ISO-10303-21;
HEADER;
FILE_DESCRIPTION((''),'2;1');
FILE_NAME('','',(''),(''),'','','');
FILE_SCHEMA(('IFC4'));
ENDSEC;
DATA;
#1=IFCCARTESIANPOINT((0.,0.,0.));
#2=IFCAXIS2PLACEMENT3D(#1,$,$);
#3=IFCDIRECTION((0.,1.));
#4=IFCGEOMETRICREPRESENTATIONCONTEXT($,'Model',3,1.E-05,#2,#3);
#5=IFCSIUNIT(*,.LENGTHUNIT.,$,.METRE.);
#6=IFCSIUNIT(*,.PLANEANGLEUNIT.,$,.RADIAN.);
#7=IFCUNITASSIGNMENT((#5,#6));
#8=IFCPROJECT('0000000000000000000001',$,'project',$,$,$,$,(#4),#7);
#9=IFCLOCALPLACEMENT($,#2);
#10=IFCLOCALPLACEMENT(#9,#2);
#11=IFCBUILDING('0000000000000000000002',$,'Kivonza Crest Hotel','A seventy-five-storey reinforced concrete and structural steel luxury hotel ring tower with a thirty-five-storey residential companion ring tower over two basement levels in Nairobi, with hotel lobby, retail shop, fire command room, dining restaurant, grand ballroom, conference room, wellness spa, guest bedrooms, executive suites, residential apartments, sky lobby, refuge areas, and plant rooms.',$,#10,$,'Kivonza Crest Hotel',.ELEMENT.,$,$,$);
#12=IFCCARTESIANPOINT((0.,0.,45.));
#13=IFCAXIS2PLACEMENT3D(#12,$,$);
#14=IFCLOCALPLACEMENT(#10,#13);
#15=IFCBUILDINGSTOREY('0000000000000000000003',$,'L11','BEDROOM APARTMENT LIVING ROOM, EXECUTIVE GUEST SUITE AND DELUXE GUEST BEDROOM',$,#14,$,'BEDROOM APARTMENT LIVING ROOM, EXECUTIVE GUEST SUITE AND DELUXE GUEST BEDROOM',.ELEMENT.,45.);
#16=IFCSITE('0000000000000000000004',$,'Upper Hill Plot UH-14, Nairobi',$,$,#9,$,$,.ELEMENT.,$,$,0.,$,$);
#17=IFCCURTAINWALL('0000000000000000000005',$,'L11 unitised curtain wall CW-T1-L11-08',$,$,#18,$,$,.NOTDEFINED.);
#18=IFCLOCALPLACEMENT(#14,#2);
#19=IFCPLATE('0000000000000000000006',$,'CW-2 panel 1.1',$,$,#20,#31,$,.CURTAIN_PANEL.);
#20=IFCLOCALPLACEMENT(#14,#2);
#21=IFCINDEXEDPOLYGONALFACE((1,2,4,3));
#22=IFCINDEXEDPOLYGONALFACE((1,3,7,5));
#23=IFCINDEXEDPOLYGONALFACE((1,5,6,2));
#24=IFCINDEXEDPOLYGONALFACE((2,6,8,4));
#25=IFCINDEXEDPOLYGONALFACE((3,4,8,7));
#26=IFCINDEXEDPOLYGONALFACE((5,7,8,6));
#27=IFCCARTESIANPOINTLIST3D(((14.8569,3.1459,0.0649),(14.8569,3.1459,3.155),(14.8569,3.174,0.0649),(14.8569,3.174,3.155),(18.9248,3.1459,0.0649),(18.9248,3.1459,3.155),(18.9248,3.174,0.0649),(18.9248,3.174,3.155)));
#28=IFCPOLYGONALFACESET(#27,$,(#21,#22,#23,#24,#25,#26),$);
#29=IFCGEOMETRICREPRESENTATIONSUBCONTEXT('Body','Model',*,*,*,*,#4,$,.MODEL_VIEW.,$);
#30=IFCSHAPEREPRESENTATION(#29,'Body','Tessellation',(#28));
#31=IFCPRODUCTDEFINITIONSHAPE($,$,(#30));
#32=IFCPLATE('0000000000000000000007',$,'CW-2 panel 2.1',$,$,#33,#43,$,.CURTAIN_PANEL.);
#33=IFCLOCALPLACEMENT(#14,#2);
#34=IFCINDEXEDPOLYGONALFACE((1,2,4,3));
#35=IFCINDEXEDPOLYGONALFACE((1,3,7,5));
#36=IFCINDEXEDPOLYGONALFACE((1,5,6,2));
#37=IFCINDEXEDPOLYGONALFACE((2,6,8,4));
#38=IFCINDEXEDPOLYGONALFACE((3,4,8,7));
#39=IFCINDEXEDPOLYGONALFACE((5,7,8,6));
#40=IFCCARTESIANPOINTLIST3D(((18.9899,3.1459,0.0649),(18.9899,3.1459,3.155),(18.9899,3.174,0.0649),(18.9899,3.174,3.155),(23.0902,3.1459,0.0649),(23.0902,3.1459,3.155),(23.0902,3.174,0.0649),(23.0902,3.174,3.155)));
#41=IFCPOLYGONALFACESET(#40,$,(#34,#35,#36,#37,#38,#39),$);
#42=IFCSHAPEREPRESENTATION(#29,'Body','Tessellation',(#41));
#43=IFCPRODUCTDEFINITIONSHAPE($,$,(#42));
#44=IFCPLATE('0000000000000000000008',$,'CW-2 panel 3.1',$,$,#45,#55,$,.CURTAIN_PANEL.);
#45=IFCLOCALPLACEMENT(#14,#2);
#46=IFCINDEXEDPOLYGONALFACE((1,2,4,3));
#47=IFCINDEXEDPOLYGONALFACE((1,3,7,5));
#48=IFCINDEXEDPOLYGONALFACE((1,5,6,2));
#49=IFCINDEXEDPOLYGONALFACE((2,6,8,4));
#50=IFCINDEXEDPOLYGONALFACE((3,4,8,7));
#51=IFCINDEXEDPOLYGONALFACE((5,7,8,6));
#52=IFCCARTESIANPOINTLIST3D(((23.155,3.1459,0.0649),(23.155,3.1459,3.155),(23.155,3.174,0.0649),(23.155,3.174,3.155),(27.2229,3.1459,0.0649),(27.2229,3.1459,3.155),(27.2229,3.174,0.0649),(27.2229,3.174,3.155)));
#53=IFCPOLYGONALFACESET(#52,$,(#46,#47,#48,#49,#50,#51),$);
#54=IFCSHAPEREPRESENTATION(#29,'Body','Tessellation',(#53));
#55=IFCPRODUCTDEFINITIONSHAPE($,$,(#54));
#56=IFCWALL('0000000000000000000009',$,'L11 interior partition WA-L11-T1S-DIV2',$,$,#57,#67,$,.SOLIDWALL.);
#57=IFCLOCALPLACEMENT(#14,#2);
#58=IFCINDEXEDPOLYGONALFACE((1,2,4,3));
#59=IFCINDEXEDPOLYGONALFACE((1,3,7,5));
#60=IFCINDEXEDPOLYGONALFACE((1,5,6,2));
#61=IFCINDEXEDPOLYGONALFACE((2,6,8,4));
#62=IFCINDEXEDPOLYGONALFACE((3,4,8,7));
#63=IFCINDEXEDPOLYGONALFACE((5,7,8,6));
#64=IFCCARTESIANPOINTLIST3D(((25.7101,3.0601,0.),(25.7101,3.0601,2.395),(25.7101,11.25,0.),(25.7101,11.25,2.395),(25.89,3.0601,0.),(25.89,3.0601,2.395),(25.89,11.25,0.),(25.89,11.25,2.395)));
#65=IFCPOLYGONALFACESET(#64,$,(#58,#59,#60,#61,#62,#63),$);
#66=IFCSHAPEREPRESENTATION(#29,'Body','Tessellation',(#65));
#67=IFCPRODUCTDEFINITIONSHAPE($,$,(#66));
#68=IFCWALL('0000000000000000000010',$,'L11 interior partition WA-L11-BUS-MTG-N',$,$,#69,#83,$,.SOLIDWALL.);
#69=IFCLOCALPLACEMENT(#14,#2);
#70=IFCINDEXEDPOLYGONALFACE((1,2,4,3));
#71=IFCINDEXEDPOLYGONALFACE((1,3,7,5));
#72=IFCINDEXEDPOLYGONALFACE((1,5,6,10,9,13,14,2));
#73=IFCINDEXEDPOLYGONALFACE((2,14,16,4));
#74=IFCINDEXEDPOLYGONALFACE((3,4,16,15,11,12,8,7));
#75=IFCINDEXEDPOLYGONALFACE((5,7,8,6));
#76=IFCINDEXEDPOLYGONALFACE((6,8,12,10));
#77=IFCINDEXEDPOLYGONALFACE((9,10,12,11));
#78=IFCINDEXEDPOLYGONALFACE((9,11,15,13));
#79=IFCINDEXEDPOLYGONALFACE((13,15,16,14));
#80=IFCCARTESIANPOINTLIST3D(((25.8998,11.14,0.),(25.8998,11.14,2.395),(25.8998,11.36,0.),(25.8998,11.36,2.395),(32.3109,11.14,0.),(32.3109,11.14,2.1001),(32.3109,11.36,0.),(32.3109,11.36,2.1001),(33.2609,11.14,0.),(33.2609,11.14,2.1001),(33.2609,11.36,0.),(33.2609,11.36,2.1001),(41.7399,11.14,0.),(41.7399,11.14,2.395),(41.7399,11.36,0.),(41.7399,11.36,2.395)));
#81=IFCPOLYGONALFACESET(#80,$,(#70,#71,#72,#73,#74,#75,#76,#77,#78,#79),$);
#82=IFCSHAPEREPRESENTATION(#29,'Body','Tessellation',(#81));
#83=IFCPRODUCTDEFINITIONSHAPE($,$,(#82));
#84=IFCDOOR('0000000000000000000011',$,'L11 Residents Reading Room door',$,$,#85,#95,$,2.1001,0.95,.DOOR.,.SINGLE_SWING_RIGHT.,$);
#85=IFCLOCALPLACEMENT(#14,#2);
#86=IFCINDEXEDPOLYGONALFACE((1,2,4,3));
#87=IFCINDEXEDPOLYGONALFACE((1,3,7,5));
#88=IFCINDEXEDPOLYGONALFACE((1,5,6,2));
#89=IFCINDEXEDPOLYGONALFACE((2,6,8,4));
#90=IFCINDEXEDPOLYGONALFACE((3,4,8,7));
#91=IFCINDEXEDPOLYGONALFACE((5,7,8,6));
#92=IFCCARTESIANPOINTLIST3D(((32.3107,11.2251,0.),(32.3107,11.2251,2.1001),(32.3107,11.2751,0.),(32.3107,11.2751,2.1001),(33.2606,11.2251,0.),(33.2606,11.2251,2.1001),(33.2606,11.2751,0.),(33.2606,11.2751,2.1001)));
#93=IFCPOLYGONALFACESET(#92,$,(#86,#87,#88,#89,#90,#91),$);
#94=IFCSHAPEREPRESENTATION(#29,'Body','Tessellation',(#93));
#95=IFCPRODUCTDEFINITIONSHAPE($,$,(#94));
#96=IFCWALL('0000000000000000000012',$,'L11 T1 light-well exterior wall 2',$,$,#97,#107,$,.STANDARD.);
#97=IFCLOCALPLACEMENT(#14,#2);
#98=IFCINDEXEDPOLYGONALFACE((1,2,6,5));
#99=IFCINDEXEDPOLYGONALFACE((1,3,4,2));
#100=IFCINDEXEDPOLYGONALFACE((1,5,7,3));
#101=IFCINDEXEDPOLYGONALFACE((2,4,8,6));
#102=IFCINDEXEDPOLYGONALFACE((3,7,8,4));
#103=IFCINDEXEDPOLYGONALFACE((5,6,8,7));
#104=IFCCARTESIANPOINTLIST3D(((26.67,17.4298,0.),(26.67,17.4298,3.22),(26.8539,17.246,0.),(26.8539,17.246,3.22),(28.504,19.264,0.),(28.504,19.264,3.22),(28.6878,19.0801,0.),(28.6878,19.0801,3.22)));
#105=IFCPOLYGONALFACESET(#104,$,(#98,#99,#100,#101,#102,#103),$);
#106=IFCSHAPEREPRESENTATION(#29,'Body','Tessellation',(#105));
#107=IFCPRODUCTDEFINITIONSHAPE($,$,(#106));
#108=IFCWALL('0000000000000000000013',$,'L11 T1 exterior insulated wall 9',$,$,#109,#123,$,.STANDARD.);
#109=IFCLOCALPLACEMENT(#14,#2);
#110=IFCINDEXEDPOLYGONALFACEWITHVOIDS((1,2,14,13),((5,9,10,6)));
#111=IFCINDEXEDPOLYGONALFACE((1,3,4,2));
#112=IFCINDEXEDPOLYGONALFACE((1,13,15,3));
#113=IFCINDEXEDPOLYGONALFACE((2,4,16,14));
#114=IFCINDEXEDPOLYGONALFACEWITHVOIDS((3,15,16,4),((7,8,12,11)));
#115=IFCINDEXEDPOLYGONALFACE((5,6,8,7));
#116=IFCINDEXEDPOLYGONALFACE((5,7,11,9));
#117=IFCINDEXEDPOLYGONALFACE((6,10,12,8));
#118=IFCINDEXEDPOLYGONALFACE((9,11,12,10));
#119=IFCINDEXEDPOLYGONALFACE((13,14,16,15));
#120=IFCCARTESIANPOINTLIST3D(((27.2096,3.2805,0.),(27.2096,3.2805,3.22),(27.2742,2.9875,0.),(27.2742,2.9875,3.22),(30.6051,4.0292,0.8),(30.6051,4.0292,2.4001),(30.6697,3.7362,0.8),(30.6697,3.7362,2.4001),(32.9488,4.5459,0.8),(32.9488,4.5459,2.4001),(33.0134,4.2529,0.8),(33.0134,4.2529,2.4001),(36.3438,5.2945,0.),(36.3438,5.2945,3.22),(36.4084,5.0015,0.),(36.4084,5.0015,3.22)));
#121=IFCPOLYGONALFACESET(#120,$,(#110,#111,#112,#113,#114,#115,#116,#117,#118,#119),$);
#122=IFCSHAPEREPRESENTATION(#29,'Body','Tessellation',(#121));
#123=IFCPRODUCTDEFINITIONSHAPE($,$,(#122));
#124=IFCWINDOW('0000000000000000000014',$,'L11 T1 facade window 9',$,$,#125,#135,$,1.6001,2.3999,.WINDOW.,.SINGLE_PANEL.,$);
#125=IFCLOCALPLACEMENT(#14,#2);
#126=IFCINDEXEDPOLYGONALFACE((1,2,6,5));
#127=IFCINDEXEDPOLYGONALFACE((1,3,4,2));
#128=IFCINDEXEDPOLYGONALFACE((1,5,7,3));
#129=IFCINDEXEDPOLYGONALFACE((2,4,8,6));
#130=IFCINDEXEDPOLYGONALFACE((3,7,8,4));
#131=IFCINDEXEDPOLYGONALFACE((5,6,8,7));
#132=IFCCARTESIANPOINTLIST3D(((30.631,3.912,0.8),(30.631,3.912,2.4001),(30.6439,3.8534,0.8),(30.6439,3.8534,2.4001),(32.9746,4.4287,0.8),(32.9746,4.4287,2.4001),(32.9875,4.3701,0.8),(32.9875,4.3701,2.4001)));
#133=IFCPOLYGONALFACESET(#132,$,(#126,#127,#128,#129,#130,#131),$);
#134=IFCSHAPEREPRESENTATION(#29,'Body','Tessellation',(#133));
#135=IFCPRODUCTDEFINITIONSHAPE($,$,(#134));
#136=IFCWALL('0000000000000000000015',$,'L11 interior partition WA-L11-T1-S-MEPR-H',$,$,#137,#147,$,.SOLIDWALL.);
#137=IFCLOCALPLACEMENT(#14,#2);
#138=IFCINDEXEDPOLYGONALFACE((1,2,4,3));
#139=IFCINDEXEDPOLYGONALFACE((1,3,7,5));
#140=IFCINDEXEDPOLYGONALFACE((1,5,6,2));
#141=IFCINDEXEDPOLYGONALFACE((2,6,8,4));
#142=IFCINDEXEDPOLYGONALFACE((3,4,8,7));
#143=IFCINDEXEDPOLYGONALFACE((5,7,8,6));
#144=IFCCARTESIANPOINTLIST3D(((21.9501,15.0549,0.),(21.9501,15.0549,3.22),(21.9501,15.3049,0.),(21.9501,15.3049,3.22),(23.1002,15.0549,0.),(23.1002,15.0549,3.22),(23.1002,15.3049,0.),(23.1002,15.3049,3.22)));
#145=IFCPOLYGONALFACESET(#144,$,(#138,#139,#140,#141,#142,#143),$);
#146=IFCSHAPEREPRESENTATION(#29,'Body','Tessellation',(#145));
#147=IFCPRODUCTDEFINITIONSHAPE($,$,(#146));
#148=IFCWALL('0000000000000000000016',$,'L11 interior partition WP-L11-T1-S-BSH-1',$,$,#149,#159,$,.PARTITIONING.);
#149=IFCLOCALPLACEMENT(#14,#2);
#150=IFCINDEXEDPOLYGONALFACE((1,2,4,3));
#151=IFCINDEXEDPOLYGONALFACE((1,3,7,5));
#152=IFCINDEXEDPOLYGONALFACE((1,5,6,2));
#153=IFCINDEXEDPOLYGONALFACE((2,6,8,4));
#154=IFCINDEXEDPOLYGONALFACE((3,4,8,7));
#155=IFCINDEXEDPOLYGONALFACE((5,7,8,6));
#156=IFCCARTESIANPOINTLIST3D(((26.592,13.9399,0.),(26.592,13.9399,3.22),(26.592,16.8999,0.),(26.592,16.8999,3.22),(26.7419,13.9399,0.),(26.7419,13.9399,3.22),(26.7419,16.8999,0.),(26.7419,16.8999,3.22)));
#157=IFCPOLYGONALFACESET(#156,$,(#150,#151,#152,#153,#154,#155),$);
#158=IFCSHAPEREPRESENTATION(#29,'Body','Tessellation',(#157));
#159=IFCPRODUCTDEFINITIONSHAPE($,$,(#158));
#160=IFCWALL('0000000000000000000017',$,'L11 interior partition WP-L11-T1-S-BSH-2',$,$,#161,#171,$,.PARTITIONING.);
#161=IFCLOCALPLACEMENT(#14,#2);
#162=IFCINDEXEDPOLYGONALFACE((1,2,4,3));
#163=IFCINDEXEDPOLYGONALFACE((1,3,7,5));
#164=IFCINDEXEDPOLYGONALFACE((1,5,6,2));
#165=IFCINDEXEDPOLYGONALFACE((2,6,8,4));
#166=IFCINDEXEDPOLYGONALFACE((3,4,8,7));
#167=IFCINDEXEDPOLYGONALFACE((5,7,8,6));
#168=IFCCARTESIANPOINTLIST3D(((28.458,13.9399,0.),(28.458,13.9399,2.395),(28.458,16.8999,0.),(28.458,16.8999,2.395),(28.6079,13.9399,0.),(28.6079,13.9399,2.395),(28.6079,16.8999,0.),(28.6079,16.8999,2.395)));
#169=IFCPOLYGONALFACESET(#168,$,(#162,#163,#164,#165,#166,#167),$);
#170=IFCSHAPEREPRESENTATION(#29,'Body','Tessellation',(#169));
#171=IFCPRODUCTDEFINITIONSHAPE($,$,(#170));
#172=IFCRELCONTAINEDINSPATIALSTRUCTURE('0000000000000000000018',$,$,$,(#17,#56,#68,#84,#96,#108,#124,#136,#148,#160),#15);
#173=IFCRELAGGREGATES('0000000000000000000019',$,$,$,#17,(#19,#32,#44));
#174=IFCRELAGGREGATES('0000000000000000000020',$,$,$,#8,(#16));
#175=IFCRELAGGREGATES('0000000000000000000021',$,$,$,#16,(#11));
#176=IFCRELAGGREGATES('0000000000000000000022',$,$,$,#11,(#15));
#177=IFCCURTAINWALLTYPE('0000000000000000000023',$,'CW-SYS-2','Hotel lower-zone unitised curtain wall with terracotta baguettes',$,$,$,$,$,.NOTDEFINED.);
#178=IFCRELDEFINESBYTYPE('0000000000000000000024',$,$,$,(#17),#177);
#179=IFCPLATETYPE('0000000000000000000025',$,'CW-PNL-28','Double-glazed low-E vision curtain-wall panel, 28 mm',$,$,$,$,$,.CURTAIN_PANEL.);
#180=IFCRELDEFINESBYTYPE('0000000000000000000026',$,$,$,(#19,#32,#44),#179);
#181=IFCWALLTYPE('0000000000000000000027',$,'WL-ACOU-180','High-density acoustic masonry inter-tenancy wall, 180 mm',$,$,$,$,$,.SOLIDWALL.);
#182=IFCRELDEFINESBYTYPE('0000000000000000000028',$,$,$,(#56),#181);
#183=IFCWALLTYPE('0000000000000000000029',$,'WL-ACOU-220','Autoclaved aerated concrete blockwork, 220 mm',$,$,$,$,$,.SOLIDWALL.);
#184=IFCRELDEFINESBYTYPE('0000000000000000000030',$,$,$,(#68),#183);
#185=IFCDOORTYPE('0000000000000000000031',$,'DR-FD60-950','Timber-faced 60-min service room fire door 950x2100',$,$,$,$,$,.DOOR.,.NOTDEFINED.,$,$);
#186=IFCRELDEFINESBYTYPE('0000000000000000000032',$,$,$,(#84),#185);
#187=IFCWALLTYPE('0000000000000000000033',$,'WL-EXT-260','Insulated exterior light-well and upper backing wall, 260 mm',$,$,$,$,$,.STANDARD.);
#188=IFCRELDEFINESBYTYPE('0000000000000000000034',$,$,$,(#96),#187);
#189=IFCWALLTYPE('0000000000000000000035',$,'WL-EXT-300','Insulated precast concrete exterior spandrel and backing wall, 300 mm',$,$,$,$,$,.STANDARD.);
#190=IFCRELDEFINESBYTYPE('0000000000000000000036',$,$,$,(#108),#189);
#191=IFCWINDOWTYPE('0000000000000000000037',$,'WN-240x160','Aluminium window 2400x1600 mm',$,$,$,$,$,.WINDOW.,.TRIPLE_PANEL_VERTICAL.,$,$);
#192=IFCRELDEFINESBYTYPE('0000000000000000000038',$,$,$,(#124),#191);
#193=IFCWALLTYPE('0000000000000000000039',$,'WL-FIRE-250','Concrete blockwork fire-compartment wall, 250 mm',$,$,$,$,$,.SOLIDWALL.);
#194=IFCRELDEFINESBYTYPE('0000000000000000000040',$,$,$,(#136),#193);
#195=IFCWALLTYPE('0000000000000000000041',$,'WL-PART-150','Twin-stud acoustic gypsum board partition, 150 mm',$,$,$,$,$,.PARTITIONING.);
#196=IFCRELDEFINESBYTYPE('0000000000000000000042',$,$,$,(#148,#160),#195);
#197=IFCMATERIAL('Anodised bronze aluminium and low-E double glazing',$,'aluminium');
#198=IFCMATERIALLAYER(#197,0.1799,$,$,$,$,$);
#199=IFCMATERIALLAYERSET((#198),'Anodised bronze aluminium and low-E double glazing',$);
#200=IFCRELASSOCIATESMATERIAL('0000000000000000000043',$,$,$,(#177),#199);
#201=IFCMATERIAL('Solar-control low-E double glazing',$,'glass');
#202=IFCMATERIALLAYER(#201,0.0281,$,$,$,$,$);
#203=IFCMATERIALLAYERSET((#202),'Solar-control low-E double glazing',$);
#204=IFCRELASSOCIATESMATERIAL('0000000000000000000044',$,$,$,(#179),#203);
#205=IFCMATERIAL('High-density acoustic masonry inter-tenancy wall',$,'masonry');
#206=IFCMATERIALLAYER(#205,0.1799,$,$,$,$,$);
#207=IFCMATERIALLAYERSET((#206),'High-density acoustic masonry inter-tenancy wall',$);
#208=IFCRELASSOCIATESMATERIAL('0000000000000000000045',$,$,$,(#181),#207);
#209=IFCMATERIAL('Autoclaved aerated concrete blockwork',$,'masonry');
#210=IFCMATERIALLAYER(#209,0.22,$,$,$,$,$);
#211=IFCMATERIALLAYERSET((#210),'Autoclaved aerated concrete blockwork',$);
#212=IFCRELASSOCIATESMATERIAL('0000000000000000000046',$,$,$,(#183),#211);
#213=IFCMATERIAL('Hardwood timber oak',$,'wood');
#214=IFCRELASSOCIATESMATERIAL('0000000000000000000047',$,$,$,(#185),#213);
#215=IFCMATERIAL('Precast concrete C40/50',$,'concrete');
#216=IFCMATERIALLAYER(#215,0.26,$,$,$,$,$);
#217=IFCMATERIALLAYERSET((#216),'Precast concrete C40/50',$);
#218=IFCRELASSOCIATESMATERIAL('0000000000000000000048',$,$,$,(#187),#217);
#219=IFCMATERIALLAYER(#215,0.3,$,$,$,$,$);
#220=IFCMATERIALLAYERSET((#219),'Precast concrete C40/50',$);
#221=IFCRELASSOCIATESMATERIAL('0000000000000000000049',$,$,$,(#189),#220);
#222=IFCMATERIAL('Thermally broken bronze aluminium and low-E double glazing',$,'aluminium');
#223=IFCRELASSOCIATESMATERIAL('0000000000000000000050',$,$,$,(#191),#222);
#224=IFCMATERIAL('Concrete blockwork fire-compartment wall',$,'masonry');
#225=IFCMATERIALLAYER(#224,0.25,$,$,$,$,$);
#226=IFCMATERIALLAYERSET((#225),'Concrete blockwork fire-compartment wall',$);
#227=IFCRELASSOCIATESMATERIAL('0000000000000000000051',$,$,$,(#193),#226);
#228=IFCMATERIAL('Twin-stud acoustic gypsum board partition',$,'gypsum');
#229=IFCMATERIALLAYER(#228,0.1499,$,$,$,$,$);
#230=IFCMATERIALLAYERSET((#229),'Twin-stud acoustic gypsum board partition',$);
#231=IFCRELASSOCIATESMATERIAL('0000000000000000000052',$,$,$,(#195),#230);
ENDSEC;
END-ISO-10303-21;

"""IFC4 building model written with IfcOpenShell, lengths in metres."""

from ifc_helpers import new_model, si_unit, direction, frame, frame_2d, origin, origin_2d, place, context, subcontext, project, spatial, rectangle, extrude, material, layer, layer_set, type_object, element, fill, aggregate, save


model = new_model("IFC4")

# Units and contexts
model_context = context("Model", 3, precision=1e-05, world=origin(), true_north=direction((0.0, 1.0)))
body_context = subcontext(model_context, "Body", "Model", "MODEL_VIEW")
ifc_project = project(units=[si_unit("LENGTHUNIT", "METRE"), si_unit("PLANEANGLEUNIT", "RADIAN")], contexts=[model_context])

# Site, building, storey
site_placement = place(None, origin())
site = spatial("IfcSite", under=ifc_project, at=site_placement, Name="Upper Hill Plot UH-14, Nairobi", CompositionType="ELEMENT", RefElevation=0.0)
building_placement = place(site_placement, origin())
building = spatial("IfcBuilding", under=site, at=building_placement, Name="Kivonza Crest Hotel", Description="A seventy-five-storey reinforced concrete and structural steel luxury hotel ring tower with a thirty-five-storey residential companion ring tower over two basement levels in Nairobi, with hotel lobby, retail shop, fire command room, dining restaurant, grand ballroom, conference room, wellness spa, guest bedrooms, executive suites, residential apartments, sky lobby, refuge areas, and plant rooms.", LongName="Kivonza Crest Hotel", CompositionType="ELEMENT")
storey_placement = place(building_placement, frame((0.0, 0.0, 45.0)))
storey = spatial("IfcBuildingStorey", under=building, at=storey_placement, Name="L11", Description="BEDROOM APARTMENT LIVING ROOM, EXECUTIVE GUEST SUITE AND DELUXE GUEST BEDROOM", LongName="BEDROOM APARTMENT LIVING ROOM, EXECUTIVE GUEST SUITE AND DELUXE GUEST BEDROOM", CompositionType="ELEMENT", Elevation=45.0)

# Curtain wall, plates
ifc_material_1 = material(Name="Anodised bronze aluminium and low-E double glazing", Category="aluminium")
ifc_layer_1 = layer(ifc_material_1, 0.1799)
ifc_layer_set_1 = layer_set([ifc_layer_1], Name="Anodised bronze aluminium and low-E double glazing")
curtain_wall_type = type_object("IfcCurtainWallType", Name="CW-SYS-2", Description="Hotel lower-zone unitised curtain wall with terracotta baguettes", PredefinedType="NOTDEFINED", material=ifc_layer_set_1)
curtain_wall_placement = place(storey_placement, origin())
curtain_wall = element("IfcCurtainWall", 1, at=curtain_wall_placement, inside=storey, type_object=curtain_wall_type, Name="L11 unitised curtain wall CW-T1-L11-08", PredefinedType="NOTDEFINED")
ifc_material_2 = material(Name="Solar-control low-E double glazing", Category="glass")
ifc_layer_2 = layer(ifc_material_2, 0.0281)
ifc_layer_set_2 = layer_set([ifc_layer_2], Name="Solar-control low-E double glazing")
plate_type = type_object("IfcPlateType", Name="CW-PNL-28", Description="Double-glazed low-E vision curtain-wall panel, 28 mm", PredefinedType="CURTAIN_PANEL", material=ifc_layer_set_2)
plate_1_placement = place(storey_placement, frame((16.8909, 3.1599, 0.0649), z_axis=(0.0, 0.0, 1.0), x_axis=(1.0, 0.0, 0.0)))
plate_1 = element("IfcPlate", 2, at=plate_1_placement, type_object=plate_type, Name="CW-2 panel 1.1", PredefinedType="CURTAIN_PANEL", context=body_context, shape_type="SweptSolid", body=[
    extrude(rectangle(XDim=4.0679, YDim=0.0281, at=origin_2d()), origin(), (0.0, 0.0, 1.0), 3.0901),
])
plate_2_placement = place(storey_placement, frame((21.04, 3.1599, 0.0649), z_axis=(0.0, 0.0, 1.0), x_axis=(1.0, 0.0, 0.0)))
plate_2 = element("IfcPlate", 3, at=plate_2_placement, type_object=plate_type, Name="CW-2 panel 2.1", PredefinedType="CURTAIN_PANEL", context=body_context, shape_type="SweptSolid", body=[
    extrude(rectangle(XDim=4.1003, YDim=0.0281, at=origin_2d()), origin(), (0.0, 0.0, 1.0), 3.0901),
])
plate_3_placement = place(storey_placement, frame((25.189, 3.1599, 0.0649), z_axis=(0.0, 0.0, 1.0), x_axis=(1.0, 0.0, 0.0)))
plate_3 = element("IfcPlate", 4, at=plate_3_placement, type_object=plate_type, Name="CW-2 panel 3.1", PredefinedType="CURTAIN_PANEL", context=body_context, shape_type="SweptSolid", body=[
    extrude(rectangle(XDim=4.0679, YDim=0.0281, at=origin_2d()), origin(), (0.0, 0.0, 1.0), 3.0901),
])
aggregate(curtain_wall, [plate_1, plate_2, plate_3])

# Wall
ifc_material_3 = material(Name="High-density acoustic masonry inter-tenancy wall", Category="masonry")
ifc_layer_3 = layer(ifc_material_3, 0.1799)
ifc_layer_set_3 = layer_set([ifc_layer_3], Name="High-density acoustic masonry inter-tenancy wall")
wall_type_1 = type_object("IfcWallType", Name="WL-ACOU-180", Description="High-density acoustic masonry inter-tenancy wall, 180 mm", PredefinedType="SOLIDWALL", material=ifc_layer_set_3)
wall_1_placement = place(storey_placement, frame((25.8, 3.0601, 0.0), z_axis=(0.0, 0.0, 1.0), x_axis=(0.0, 1.0, 0.0)))
element("IfcWall", 5, at=wall_1_placement, inside=storey, type_object=wall_type_1, Name="L11 interior partition WA-L11-T1S-DIV2", PredefinedType="SOLIDWALL", context=body_context, shape_type="SweptSolid", body=[
    extrude(rectangle(XDim=8.1899, YDim=0.1799, at=frame_2d((4.095, 0.0))), origin(), (0.0, 0.0, 1.0), 2.395),
])

# Wall, opening, door
ifc_material_4 = material(Name="Autoclaved aerated concrete blockwork", Category="masonry")
ifc_layer_4 = layer(ifc_material_4, 0.22)
ifc_layer_set_4 = layer_set([ifc_layer_4], Name="Autoclaved aerated concrete blockwork")
wall_type_2 = type_object("IfcWallType", Name="WL-ACOU-220", Description="Autoclaved aerated concrete blockwork, 220 mm", PredefinedType="SOLIDWALL", material=ifc_layer_set_4)
wall_2_placement = place(storey_placement, frame((25.8999, 11.25, 0.0), z_axis=(0.0, 0.0, 1.0), x_axis=(1.0, 0.0, 0.0)))
wall_2 = element("IfcWall", 6, at=wall_2_placement, inside=storey, type_object=wall_type_2, Name="L11 interior partition WA-L11-BUS-MTG-N", PredefinedType="SOLIDWALL", context=body_context, shape_type="SweptSolid", body=[
    extrude(rectangle(XDim=15.8401, YDim=0.22, at=frame_2d((7.9199, 0.0))), origin(), (0.0, 0.0, 1.0), 2.395),
])
opening_1_placement = place(wall_2_placement, frame((6.4109, 0.0, 0.0)))
opening_1 = element("IfcOpeningElement", 7, at=opening_1_placement, cuts=wall_2, PredefinedType="OPENING", context=body_context, shape_type="SweptSolid", body=[
    extrude(rectangle(XDim=0.95, YDim=2.1001, at=frame_2d((0.4751, 1.05))), frame((0.0, 0.1201, 0.0), z_axis=(0.0, -1.0, 0.0), x_axis=(1.0, 0.0, 0.0)), (0.0, 0.0, 1.0), 0.24),
])
ifc_material_5 = material(Name="Hardwood timber oak", Category="wood")
door_type_1 = type_object("IfcDoorType", Name="DR-FD60-950", Description="Timber-faced 60-min service room fire door 950x2100", OperationType="NOTDEFINED", PredefinedType="DOOR", material=ifc_material_5)
door_1_placement = place(opening_1_placement, frame((0.95, 0.0, 0.0), z_axis=(0.0, 0.0, 1.0), x_axis=(-1.0, 0.0, 0.0)))
door_1 = element("IfcDoor", 8, at=door_1_placement, inside=storey, type_object=door_type_1, Name="L11 Residents Reading Room door", OperationType="SINGLE_SWING_RIGHT", OverallHeight=2.1001, OverallWidth=0.95, PredefinedType="DOOR", context=body_context, shape_type="SweptSolid", body=[
    extrude(rectangle(XDim=0.95, YDim=2.1001, at=frame_2d((0.4751, 1.05))), frame((0.0, 0.0249, 0.0), z_axis=(0.0, -1.0, 0.0), x_axis=(1.0, 0.0, 0.0)), (0.0, 0.0, 1.0), 0.05),
])
fill(opening_1, door_1)

# Wall
ifc_material_6 = material(Name="Precast concrete C40/50", Category="concrete")
ifc_layer_5 = layer(ifc_material_6, 0.26)
ifc_layer_set_5 = layer_set([ifc_layer_5], Name="Precast concrete C40/50")
wall_type_3 = type_object("IfcWallType", Name="WL-EXT-260", Description="Insulated exterior light-well and upper backing wall, 260 mm", PredefinedType="STANDARD", material=ifc_layer_set_5)
wall_3_placement = place(storey_placement, frame((26.762, 17.3379, 0.0), z_axis=(0.0, 0.0, 1.0), x_axis=(0.70706, 0.707154, 0.0)))
element("IfcWall", 9, at=wall_3_placement, inside=storey, type_object=wall_type_3, Name="L11 T1 light-well exterior wall 2", PredefinedType="STANDARD", context=body_context, shape_type="SweptSolid", body=[
    extrude(rectangle(XDim=2.5938, YDim=0.26, at=frame_2d((1.2969, 0.0))), origin(), (0.0, 0.0, 1.0), 3.22),
])

# Wall, opening, window
ifc_layer_6 = layer(ifc_material_6, 0.3)
ifc_layer_set_6 = layer_set([ifc_layer_6], Name="Precast concrete C40/50")
wall_type_4 = type_object("IfcWallType", Name="WL-EXT-300", Description="Insulated precast concrete exterior spandrel and backing wall, 300 mm", PredefinedType="STANDARD", material=ifc_layer_set_6)
wall_4_placement = place(storey_placement, frame((27.2419, 3.134, 0.0), z_axis=(0.0, 0.0, 1.0), x_axis=(0.976545, 0.215313, 0.0)))
wall_4 = element("IfcWall", 10, at=wall_4_placement, inside=storey, type_object=wall_type_4, Name="L11 T1 exterior insulated wall 9", PredefinedType="STANDARD", context=body_context, shape_type="SweptSolid", body=[
    extrude(rectangle(XDim=9.3535, YDim=0.3, at=frame_2d((4.6768, 0.0))), origin(), (0.0, 0.0, 1.0), 3.22),
])
opening_2_placement = place(wall_4_placement, frame((3.4771, 0.0, 0.8)))
opening_2 = element("IfcOpeningElement", 11, at=opening_2_placement, cuts=wall_4, PredefinedType="OPENING", context=body_context, shape_type="SweptSolid", body=[
    extrude(rectangle(XDim=2.3999, YDim=1.6001, at=frame_2d((1.2, 0.8))), frame((0.0, 0.1602, 0.0), z_axis=(0.0, -1.0, 0.0), x_axis=(1.0, 0.0, 0.0)), (0.0, 0.0, 1.0), 0.3201),
])
ifc_material_7 = material(Name="Thermally broken bronze aluminium and low-E double glazing", Category="aluminium")
window_type = type_object("IfcWindowType", Name="WN-240x160", Description="Aluminium window 2400x1600 mm", PartitioningType="TRIPLE_PANEL_VERTICAL", PredefinedType="WINDOW", material=ifc_material_7)
window_placement = place(opening_2_placement, origin())
window = element("IfcWindow", 12, at=window_placement, inside=storey, type_object=window_type, Name="L11 T1 facade window 9", OverallHeight=1.6001, OverallWidth=2.3999, PartitioningType="SINGLE_PANEL", PredefinedType="WINDOW", context=body_context, shape_type="SweptSolid", body=[
    extrude(rectangle(XDim=2.3999, YDim=1.6001, at=frame_2d((1.2, 0.8))), frame((0.0, 0.03, 0.0), z_axis=(0.0, -1.0, 0.0), x_axis=(1.0, 0.0, 0.0)), (0.0, 0.0, 1.0), 0.0601),
])
fill(opening_2, window)

# Walls
ifc_material_8 = material(Name="Concrete blockwork fire-compartment wall", Category="masonry")
ifc_layer_7 = layer(ifc_material_8, 0.25)
ifc_layer_set_7 = layer_set([ifc_layer_7], Name="Concrete blockwork fire-compartment wall")
wall_type_5 = type_object("IfcWallType", Name="WL-FIRE-250", Description="Concrete blockwork fire-compartment wall, 250 mm", PredefinedType="SOLIDWALL", material=ifc_layer_set_7)
wall_5_placement = place(storey_placement, frame((21.95, 15.1799, 0.0), z_axis=(0.0, 0.0, 1.0), x_axis=(1.0, 0.0, 0.0)))
element("IfcWall", 13, at=wall_5_placement, inside=storey, type_object=wall_type_5, Name="L11 interior partition WA-L11-T1-S-MEPR-H", PredefinedType="SOLIDWALL", context=body_context, shape_type="SweptSolid", body=[
    extrude(rectangle(XDim=1.1501, YDim=0.25, at=frame_2d((0.5752, 0.0))), origin(), (0.0, 0.0, 1.0), 3.22),
])
ifc_material_9 = material(Name="Twin-stud acoustic gypsum board partition", Category="gypsum")
ifc_layer_8 = layer(ifc_material_9, 0.1499)
ifc_layer_set_8 = layer_set([ifc_layer_8], Name="Twin-stud acoustic gypsum board partition")
wall_type_6 = type_object("IfcWallType", Name="WL-PART-150", Description="Twin-stud acoustic gypsum board partition, 150 mm", PredefinedType="PARTITIONING", material=ifc_layer_set_8)
wall_6_placement = place(storey_placement, frame((26.667, 13.9399, 0.0), z_axis=(0.0, 0.0, 1.0), x_axis=(0.0, 1.0, 0.0)))
element("IfcWall", 14, at=wall_6_placement, inside=storey, type_object=wall_type_6, Name="L11 interior partition WP-L11-T1-S-BSH-1", PredefinedType="PARTITIONING", context=body_context, shape_type="SweptSolid", body=[
    extrude(rectangle(XDim=2.96, YDim=0.1499, at=frame_2d((1.48, 0.0))), origin(), (0.0, 0.0, 1.0), 3.22),
])
wall_7_placement = place(storey_placement, frame((28.533, 13.9399, 0.0), z_axis=(0.0, 0.0, 1.0), x_axis=(0.0, 1.0, 0.0)))
element("IfcWall", 15, at=wall_7_placement, inside=storey, type_object=wall_type_6, Name="L11 interior partition WP-L11-T1-S-BSH-2", PredefinedType="PARTITIONING", context=body_context, shape_type="SweptSolid", body=[
    extrude(rectangle(XDim=2.96, YDim=0.1499, at=frame_2d((1.48, 0.0))), origin(), (0.0, 0.0, 1.0), 2.395),
])

save(model, "model.ifc")
